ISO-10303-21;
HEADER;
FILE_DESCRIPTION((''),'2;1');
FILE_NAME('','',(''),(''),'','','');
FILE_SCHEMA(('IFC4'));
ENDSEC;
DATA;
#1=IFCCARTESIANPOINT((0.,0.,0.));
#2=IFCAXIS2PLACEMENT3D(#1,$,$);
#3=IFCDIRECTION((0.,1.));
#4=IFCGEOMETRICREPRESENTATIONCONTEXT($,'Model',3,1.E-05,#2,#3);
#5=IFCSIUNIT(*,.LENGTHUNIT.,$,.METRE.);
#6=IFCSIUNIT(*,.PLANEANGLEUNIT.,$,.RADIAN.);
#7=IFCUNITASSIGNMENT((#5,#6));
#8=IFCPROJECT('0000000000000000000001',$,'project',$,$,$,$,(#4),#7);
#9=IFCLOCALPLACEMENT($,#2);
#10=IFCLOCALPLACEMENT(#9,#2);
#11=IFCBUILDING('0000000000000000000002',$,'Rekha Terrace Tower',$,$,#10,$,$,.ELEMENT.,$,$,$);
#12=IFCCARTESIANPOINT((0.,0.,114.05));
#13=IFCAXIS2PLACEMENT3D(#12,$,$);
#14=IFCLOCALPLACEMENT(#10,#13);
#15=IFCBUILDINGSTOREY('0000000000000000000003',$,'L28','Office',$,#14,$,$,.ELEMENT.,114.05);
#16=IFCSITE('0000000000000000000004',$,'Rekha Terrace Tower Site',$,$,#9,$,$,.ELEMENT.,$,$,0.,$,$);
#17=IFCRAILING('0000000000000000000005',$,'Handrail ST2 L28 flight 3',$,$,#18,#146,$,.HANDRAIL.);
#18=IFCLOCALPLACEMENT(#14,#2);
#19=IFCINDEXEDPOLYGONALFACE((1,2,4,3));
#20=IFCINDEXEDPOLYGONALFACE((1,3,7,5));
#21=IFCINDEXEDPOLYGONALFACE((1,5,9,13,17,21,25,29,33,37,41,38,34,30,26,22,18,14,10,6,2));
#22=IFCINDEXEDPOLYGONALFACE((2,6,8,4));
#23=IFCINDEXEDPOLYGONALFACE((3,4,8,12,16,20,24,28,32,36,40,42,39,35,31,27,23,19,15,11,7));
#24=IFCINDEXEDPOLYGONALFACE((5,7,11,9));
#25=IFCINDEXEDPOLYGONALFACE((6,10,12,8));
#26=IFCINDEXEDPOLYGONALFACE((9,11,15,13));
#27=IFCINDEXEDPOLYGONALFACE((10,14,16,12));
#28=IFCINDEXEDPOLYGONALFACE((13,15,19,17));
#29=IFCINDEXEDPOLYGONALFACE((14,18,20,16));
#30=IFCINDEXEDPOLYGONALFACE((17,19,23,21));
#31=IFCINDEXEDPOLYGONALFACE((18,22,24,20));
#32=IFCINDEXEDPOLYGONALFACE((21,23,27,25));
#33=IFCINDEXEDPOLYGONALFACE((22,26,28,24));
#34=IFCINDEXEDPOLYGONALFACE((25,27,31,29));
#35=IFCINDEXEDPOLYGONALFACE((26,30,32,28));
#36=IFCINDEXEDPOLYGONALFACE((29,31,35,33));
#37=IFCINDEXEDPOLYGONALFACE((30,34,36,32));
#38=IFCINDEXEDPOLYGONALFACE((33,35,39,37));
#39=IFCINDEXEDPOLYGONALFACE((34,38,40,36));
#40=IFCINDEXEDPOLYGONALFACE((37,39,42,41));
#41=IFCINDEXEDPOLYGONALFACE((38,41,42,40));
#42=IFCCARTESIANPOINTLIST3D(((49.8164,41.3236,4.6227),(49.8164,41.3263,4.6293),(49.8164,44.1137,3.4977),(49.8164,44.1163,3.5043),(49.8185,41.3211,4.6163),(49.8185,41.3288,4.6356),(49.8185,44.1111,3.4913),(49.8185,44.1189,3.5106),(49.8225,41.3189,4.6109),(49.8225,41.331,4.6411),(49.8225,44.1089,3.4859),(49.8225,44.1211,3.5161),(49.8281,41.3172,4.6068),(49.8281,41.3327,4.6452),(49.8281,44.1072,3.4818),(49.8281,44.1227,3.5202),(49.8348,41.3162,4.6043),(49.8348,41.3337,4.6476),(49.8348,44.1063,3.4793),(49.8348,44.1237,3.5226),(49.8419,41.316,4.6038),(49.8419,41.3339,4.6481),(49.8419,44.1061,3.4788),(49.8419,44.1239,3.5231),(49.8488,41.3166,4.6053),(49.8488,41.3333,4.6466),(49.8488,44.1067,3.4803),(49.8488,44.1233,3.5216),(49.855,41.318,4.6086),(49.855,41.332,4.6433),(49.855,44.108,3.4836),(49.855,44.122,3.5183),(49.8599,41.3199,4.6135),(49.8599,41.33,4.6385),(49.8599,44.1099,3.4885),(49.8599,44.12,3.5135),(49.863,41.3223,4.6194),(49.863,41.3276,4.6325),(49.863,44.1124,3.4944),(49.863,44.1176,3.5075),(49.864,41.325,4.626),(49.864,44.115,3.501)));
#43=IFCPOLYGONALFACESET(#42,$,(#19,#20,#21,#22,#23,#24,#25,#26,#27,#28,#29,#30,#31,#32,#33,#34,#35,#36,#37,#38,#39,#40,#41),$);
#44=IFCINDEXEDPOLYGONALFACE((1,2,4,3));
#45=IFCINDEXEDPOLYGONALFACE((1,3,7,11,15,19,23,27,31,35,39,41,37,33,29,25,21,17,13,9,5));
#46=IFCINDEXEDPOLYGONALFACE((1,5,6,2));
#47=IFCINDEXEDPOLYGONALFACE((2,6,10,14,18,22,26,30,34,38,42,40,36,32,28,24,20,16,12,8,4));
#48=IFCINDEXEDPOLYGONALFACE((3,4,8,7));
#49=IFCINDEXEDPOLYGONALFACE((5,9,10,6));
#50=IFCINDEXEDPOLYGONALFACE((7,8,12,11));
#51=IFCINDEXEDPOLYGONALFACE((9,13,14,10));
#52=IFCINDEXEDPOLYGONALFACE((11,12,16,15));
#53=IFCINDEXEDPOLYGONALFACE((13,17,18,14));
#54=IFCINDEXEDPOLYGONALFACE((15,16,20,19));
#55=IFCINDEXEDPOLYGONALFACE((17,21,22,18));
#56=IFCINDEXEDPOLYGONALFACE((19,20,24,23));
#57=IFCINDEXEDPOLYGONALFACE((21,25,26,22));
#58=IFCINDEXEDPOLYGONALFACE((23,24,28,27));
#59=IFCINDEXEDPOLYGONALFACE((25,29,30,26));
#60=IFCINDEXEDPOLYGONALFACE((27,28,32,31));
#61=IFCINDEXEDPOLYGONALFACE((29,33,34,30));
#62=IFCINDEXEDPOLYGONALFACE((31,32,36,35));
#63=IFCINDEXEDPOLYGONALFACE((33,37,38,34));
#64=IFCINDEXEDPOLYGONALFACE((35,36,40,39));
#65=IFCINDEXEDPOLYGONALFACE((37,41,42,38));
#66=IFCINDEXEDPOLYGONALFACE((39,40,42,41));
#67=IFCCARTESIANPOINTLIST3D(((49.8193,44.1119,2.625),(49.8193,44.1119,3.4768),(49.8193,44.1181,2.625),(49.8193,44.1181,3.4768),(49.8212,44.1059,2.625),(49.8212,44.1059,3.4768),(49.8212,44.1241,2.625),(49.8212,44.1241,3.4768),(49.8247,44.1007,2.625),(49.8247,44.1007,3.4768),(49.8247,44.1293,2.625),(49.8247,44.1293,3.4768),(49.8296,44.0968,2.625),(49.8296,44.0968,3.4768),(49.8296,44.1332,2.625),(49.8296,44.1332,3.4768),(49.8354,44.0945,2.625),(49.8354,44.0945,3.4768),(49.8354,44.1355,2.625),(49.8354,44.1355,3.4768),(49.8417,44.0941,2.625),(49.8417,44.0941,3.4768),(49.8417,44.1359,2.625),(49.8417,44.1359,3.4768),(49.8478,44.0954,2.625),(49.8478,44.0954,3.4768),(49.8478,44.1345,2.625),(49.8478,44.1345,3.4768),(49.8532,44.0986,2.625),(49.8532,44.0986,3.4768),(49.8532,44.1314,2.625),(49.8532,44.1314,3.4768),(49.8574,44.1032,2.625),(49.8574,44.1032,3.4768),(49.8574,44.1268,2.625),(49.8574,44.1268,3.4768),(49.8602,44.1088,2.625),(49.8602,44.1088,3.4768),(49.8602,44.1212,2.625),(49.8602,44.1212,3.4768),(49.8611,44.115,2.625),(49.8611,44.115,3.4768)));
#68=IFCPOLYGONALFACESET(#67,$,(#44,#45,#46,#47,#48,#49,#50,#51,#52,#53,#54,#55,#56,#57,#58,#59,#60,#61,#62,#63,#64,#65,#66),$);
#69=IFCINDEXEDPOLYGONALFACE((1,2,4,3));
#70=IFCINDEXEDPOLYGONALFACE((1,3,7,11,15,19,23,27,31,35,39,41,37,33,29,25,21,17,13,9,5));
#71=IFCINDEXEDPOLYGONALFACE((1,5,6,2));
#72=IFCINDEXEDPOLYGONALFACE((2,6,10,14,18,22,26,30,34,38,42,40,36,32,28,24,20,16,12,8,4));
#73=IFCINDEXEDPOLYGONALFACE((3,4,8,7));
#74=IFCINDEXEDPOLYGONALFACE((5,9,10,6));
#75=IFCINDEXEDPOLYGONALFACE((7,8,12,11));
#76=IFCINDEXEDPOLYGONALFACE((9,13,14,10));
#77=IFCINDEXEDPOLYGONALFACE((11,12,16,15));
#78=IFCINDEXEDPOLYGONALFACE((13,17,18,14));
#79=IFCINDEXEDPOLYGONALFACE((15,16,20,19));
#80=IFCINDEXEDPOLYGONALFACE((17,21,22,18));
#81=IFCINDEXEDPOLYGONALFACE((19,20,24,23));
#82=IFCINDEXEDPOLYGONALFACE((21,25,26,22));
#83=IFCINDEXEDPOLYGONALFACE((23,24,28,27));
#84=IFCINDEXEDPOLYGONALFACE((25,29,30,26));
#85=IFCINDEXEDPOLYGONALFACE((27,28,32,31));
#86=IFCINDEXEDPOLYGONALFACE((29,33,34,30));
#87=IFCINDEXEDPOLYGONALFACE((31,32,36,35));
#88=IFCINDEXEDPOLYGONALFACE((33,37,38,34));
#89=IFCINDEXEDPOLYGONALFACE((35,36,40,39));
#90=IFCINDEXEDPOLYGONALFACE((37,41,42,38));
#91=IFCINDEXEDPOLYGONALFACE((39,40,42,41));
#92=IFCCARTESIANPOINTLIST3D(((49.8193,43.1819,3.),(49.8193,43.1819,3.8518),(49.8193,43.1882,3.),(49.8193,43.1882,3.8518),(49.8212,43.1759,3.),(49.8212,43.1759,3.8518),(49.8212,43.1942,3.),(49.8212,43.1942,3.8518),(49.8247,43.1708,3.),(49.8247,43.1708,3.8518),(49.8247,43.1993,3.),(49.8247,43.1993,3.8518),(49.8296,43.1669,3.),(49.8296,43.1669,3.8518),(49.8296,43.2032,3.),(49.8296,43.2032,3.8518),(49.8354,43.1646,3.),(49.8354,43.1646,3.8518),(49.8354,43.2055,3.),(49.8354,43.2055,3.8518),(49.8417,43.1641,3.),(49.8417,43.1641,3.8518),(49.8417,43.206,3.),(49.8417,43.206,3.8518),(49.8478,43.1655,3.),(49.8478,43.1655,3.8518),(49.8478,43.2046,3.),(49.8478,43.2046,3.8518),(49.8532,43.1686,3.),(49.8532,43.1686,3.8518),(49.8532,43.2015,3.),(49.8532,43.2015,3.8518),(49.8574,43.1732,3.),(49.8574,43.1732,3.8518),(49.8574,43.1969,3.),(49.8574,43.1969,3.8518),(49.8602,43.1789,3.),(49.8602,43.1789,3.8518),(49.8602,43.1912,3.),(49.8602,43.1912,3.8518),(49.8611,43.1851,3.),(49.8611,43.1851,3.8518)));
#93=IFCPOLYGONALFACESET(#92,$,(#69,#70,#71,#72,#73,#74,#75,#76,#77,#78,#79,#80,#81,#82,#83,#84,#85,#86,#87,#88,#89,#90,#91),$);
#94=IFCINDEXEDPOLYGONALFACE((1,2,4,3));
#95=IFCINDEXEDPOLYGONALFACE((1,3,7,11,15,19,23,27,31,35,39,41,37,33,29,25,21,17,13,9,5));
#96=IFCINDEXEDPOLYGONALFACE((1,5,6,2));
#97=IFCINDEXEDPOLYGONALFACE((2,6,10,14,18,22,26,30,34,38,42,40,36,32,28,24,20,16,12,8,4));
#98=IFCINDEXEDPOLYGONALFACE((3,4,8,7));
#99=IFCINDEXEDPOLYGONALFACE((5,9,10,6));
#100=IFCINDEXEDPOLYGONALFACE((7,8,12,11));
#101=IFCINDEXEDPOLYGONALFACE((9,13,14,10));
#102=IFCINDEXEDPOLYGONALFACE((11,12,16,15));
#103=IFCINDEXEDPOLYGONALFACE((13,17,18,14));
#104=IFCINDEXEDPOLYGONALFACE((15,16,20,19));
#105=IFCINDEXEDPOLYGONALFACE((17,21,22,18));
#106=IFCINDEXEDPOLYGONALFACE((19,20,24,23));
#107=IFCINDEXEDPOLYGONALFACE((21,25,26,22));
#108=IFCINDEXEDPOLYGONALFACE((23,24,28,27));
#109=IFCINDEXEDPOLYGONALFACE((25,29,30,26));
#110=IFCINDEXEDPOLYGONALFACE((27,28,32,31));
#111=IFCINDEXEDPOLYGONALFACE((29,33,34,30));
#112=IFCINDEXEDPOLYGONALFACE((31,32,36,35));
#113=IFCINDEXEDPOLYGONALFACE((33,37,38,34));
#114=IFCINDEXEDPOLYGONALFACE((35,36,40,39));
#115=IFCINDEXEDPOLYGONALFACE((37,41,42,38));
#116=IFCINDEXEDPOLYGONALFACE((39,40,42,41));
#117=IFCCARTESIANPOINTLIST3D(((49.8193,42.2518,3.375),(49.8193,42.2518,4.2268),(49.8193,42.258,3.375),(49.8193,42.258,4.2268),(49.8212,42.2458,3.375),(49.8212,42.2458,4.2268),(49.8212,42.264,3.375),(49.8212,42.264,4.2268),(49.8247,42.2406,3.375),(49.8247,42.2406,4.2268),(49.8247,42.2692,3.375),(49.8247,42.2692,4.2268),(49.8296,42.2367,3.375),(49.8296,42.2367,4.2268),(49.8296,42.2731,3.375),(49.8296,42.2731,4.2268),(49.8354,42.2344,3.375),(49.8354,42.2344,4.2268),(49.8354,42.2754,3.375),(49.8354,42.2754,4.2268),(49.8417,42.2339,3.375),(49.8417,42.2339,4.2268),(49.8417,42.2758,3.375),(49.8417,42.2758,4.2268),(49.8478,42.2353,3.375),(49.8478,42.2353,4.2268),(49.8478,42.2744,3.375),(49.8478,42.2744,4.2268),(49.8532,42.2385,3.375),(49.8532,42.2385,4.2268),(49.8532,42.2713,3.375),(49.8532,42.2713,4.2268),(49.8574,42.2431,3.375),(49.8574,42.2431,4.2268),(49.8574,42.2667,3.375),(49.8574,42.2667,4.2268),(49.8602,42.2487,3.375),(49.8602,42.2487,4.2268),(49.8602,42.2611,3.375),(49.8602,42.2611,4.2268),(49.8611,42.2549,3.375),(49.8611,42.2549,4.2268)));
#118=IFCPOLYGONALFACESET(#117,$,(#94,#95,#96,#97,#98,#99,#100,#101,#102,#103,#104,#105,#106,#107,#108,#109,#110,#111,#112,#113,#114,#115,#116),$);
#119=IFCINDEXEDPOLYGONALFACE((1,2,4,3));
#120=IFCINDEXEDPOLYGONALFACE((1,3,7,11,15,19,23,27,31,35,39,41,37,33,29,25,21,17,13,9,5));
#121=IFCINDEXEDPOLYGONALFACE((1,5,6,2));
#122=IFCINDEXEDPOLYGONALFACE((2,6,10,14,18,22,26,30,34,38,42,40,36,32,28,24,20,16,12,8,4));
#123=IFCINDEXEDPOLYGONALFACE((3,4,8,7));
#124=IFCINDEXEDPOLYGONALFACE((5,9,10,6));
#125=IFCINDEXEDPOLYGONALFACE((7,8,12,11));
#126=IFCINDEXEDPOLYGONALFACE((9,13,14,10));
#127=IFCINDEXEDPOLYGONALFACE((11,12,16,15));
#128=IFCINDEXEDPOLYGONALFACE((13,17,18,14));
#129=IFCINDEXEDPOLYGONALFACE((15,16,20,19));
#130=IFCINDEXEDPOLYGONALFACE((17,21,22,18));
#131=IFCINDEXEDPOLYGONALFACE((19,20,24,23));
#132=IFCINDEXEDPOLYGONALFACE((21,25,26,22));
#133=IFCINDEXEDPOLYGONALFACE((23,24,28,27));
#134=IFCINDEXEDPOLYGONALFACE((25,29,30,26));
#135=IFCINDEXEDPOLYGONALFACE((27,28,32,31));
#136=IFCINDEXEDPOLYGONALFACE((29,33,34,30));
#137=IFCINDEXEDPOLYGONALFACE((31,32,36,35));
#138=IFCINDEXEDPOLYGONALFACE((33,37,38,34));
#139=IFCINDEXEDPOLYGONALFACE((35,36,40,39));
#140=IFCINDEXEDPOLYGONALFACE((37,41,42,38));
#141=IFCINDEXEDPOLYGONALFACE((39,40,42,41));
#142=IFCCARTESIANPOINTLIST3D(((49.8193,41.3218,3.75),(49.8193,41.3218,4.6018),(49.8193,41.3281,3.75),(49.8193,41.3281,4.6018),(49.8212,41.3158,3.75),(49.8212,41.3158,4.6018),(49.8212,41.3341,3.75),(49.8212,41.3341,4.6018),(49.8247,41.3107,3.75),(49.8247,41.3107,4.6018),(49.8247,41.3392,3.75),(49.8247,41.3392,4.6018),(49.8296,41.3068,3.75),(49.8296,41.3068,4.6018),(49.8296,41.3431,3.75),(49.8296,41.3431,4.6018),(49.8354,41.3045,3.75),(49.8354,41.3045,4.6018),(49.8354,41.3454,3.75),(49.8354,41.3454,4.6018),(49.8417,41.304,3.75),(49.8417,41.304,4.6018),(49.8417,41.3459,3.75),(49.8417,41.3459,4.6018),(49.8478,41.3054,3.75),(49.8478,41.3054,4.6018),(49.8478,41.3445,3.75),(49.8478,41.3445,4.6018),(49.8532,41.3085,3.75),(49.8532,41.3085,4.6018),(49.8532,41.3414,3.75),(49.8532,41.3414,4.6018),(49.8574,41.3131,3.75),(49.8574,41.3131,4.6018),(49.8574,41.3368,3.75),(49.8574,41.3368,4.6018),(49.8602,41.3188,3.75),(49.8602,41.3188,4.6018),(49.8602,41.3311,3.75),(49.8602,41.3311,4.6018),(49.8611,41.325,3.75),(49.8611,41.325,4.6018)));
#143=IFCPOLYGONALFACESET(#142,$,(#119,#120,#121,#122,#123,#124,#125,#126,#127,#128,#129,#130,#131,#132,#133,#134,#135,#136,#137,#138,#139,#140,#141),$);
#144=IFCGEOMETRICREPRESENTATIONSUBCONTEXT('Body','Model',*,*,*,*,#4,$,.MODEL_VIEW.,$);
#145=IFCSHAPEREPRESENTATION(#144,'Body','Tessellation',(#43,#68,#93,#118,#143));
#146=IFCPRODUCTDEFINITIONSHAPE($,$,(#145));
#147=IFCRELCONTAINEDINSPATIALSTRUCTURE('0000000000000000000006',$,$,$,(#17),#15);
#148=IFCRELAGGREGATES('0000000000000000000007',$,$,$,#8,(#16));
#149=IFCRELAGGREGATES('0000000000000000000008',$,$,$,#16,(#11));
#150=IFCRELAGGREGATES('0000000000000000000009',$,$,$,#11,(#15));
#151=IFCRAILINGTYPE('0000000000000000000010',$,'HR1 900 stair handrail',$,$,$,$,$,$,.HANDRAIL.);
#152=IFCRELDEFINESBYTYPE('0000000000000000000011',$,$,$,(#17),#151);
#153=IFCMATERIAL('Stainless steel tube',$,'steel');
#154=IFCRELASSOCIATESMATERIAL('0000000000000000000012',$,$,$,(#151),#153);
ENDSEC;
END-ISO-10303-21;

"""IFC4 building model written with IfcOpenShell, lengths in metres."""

from ifc_helpers import new_model, si_unit, direction, frame, origin, origin_2d, place, context, subcontext, project, spatial, circle, extrude, material, type_object, element, save


model = new_model("IFC4")

# Units and contexts
model_context = context("Model", 3, precision=1e-05, world=origin(), true_north=direction((0.0, 1.0)))
body_context = subcontext(model_context, "Body", "Model", "MODEL_VIEW")
ifc_project = project(units=[si_unit("LENGTHUNIT", "METRE"), si_unit("PLANEANGLEUNIT", "RADIAN")], contexts=[model_context])

# Site, building, storey
site_placement = place(None, origin())
site = spatial("IfcSite", under=ifc_project, at=site_placement, Name="Rekha Terrace Tower Site", CompositionType="ELEMENT", RefElevation=0.0)
building_placement = place(site_placement, origin())
building = spatial("IfcBuilding", under=site, at=building_placement, Name="Rekha Terrace Tower", CompositionType="ELEMENT")
storey_placement = place(building_placement, frame((0.0, 0.0, 114.05)))
storey = spatial("IfcBuildingStorey", under=building, at=storey_placement, Name="L28", Description="Office", CompositionType="ELEMENT", Elevation=114.05)

# Railing
ifc_material_1 = material(Name="Stainless steel tube", Category="steel")
railing_type_1 = type_object("IfcRailingType", Name="HR1 900 stair handrail", PredefinedType="HANDRAIL", material=ifc_material_1)
railing_1_placement = place(storey_placement, frame((49.8401, 44.115, 2.625)))
element("IfcRailing", 1, at=railing_1_placement, inside=storey, type_object=railing_type_1, Name="Handrail ST2 L28 flight 3", PredefinedType="HANDRAIL", context=body_context, shape_type="SweptSolid", body=[
    extrude(circle(Radius=0.0239, at=origin_2d()), frame((0.0, 0.0, 0.876), z_axis=(0.0, -0.927443, 0.373964), x_axis=(1.0, 0.0, 0.0)), (0.0, 0.0, 1.0), 3.0083),
    extrude(circle(Radius=0.021, at=origin_2d()), origin(), (0.0, 0.0, 1.0), 0.8518),
    extrude(circle(Radius=0.021, at=origin_2d()), frame((0.0, -0.9299, 0.375)), (0.0, 0.0, 1.0), 0.8518),
    extrude(circle(Radius=0.021, at=origin_2d()), frame((0.0, -1.8601, 0.75)), (0.0, 0.0, 1.0), 0.8518),
    extrude(circle(Radius=0.021, at=origin_2d()), frame((0.0, -2.79, 1.125)), (0.0, 0.0, 1.0), 0.8518),
])

save(model, "model.ifc")
